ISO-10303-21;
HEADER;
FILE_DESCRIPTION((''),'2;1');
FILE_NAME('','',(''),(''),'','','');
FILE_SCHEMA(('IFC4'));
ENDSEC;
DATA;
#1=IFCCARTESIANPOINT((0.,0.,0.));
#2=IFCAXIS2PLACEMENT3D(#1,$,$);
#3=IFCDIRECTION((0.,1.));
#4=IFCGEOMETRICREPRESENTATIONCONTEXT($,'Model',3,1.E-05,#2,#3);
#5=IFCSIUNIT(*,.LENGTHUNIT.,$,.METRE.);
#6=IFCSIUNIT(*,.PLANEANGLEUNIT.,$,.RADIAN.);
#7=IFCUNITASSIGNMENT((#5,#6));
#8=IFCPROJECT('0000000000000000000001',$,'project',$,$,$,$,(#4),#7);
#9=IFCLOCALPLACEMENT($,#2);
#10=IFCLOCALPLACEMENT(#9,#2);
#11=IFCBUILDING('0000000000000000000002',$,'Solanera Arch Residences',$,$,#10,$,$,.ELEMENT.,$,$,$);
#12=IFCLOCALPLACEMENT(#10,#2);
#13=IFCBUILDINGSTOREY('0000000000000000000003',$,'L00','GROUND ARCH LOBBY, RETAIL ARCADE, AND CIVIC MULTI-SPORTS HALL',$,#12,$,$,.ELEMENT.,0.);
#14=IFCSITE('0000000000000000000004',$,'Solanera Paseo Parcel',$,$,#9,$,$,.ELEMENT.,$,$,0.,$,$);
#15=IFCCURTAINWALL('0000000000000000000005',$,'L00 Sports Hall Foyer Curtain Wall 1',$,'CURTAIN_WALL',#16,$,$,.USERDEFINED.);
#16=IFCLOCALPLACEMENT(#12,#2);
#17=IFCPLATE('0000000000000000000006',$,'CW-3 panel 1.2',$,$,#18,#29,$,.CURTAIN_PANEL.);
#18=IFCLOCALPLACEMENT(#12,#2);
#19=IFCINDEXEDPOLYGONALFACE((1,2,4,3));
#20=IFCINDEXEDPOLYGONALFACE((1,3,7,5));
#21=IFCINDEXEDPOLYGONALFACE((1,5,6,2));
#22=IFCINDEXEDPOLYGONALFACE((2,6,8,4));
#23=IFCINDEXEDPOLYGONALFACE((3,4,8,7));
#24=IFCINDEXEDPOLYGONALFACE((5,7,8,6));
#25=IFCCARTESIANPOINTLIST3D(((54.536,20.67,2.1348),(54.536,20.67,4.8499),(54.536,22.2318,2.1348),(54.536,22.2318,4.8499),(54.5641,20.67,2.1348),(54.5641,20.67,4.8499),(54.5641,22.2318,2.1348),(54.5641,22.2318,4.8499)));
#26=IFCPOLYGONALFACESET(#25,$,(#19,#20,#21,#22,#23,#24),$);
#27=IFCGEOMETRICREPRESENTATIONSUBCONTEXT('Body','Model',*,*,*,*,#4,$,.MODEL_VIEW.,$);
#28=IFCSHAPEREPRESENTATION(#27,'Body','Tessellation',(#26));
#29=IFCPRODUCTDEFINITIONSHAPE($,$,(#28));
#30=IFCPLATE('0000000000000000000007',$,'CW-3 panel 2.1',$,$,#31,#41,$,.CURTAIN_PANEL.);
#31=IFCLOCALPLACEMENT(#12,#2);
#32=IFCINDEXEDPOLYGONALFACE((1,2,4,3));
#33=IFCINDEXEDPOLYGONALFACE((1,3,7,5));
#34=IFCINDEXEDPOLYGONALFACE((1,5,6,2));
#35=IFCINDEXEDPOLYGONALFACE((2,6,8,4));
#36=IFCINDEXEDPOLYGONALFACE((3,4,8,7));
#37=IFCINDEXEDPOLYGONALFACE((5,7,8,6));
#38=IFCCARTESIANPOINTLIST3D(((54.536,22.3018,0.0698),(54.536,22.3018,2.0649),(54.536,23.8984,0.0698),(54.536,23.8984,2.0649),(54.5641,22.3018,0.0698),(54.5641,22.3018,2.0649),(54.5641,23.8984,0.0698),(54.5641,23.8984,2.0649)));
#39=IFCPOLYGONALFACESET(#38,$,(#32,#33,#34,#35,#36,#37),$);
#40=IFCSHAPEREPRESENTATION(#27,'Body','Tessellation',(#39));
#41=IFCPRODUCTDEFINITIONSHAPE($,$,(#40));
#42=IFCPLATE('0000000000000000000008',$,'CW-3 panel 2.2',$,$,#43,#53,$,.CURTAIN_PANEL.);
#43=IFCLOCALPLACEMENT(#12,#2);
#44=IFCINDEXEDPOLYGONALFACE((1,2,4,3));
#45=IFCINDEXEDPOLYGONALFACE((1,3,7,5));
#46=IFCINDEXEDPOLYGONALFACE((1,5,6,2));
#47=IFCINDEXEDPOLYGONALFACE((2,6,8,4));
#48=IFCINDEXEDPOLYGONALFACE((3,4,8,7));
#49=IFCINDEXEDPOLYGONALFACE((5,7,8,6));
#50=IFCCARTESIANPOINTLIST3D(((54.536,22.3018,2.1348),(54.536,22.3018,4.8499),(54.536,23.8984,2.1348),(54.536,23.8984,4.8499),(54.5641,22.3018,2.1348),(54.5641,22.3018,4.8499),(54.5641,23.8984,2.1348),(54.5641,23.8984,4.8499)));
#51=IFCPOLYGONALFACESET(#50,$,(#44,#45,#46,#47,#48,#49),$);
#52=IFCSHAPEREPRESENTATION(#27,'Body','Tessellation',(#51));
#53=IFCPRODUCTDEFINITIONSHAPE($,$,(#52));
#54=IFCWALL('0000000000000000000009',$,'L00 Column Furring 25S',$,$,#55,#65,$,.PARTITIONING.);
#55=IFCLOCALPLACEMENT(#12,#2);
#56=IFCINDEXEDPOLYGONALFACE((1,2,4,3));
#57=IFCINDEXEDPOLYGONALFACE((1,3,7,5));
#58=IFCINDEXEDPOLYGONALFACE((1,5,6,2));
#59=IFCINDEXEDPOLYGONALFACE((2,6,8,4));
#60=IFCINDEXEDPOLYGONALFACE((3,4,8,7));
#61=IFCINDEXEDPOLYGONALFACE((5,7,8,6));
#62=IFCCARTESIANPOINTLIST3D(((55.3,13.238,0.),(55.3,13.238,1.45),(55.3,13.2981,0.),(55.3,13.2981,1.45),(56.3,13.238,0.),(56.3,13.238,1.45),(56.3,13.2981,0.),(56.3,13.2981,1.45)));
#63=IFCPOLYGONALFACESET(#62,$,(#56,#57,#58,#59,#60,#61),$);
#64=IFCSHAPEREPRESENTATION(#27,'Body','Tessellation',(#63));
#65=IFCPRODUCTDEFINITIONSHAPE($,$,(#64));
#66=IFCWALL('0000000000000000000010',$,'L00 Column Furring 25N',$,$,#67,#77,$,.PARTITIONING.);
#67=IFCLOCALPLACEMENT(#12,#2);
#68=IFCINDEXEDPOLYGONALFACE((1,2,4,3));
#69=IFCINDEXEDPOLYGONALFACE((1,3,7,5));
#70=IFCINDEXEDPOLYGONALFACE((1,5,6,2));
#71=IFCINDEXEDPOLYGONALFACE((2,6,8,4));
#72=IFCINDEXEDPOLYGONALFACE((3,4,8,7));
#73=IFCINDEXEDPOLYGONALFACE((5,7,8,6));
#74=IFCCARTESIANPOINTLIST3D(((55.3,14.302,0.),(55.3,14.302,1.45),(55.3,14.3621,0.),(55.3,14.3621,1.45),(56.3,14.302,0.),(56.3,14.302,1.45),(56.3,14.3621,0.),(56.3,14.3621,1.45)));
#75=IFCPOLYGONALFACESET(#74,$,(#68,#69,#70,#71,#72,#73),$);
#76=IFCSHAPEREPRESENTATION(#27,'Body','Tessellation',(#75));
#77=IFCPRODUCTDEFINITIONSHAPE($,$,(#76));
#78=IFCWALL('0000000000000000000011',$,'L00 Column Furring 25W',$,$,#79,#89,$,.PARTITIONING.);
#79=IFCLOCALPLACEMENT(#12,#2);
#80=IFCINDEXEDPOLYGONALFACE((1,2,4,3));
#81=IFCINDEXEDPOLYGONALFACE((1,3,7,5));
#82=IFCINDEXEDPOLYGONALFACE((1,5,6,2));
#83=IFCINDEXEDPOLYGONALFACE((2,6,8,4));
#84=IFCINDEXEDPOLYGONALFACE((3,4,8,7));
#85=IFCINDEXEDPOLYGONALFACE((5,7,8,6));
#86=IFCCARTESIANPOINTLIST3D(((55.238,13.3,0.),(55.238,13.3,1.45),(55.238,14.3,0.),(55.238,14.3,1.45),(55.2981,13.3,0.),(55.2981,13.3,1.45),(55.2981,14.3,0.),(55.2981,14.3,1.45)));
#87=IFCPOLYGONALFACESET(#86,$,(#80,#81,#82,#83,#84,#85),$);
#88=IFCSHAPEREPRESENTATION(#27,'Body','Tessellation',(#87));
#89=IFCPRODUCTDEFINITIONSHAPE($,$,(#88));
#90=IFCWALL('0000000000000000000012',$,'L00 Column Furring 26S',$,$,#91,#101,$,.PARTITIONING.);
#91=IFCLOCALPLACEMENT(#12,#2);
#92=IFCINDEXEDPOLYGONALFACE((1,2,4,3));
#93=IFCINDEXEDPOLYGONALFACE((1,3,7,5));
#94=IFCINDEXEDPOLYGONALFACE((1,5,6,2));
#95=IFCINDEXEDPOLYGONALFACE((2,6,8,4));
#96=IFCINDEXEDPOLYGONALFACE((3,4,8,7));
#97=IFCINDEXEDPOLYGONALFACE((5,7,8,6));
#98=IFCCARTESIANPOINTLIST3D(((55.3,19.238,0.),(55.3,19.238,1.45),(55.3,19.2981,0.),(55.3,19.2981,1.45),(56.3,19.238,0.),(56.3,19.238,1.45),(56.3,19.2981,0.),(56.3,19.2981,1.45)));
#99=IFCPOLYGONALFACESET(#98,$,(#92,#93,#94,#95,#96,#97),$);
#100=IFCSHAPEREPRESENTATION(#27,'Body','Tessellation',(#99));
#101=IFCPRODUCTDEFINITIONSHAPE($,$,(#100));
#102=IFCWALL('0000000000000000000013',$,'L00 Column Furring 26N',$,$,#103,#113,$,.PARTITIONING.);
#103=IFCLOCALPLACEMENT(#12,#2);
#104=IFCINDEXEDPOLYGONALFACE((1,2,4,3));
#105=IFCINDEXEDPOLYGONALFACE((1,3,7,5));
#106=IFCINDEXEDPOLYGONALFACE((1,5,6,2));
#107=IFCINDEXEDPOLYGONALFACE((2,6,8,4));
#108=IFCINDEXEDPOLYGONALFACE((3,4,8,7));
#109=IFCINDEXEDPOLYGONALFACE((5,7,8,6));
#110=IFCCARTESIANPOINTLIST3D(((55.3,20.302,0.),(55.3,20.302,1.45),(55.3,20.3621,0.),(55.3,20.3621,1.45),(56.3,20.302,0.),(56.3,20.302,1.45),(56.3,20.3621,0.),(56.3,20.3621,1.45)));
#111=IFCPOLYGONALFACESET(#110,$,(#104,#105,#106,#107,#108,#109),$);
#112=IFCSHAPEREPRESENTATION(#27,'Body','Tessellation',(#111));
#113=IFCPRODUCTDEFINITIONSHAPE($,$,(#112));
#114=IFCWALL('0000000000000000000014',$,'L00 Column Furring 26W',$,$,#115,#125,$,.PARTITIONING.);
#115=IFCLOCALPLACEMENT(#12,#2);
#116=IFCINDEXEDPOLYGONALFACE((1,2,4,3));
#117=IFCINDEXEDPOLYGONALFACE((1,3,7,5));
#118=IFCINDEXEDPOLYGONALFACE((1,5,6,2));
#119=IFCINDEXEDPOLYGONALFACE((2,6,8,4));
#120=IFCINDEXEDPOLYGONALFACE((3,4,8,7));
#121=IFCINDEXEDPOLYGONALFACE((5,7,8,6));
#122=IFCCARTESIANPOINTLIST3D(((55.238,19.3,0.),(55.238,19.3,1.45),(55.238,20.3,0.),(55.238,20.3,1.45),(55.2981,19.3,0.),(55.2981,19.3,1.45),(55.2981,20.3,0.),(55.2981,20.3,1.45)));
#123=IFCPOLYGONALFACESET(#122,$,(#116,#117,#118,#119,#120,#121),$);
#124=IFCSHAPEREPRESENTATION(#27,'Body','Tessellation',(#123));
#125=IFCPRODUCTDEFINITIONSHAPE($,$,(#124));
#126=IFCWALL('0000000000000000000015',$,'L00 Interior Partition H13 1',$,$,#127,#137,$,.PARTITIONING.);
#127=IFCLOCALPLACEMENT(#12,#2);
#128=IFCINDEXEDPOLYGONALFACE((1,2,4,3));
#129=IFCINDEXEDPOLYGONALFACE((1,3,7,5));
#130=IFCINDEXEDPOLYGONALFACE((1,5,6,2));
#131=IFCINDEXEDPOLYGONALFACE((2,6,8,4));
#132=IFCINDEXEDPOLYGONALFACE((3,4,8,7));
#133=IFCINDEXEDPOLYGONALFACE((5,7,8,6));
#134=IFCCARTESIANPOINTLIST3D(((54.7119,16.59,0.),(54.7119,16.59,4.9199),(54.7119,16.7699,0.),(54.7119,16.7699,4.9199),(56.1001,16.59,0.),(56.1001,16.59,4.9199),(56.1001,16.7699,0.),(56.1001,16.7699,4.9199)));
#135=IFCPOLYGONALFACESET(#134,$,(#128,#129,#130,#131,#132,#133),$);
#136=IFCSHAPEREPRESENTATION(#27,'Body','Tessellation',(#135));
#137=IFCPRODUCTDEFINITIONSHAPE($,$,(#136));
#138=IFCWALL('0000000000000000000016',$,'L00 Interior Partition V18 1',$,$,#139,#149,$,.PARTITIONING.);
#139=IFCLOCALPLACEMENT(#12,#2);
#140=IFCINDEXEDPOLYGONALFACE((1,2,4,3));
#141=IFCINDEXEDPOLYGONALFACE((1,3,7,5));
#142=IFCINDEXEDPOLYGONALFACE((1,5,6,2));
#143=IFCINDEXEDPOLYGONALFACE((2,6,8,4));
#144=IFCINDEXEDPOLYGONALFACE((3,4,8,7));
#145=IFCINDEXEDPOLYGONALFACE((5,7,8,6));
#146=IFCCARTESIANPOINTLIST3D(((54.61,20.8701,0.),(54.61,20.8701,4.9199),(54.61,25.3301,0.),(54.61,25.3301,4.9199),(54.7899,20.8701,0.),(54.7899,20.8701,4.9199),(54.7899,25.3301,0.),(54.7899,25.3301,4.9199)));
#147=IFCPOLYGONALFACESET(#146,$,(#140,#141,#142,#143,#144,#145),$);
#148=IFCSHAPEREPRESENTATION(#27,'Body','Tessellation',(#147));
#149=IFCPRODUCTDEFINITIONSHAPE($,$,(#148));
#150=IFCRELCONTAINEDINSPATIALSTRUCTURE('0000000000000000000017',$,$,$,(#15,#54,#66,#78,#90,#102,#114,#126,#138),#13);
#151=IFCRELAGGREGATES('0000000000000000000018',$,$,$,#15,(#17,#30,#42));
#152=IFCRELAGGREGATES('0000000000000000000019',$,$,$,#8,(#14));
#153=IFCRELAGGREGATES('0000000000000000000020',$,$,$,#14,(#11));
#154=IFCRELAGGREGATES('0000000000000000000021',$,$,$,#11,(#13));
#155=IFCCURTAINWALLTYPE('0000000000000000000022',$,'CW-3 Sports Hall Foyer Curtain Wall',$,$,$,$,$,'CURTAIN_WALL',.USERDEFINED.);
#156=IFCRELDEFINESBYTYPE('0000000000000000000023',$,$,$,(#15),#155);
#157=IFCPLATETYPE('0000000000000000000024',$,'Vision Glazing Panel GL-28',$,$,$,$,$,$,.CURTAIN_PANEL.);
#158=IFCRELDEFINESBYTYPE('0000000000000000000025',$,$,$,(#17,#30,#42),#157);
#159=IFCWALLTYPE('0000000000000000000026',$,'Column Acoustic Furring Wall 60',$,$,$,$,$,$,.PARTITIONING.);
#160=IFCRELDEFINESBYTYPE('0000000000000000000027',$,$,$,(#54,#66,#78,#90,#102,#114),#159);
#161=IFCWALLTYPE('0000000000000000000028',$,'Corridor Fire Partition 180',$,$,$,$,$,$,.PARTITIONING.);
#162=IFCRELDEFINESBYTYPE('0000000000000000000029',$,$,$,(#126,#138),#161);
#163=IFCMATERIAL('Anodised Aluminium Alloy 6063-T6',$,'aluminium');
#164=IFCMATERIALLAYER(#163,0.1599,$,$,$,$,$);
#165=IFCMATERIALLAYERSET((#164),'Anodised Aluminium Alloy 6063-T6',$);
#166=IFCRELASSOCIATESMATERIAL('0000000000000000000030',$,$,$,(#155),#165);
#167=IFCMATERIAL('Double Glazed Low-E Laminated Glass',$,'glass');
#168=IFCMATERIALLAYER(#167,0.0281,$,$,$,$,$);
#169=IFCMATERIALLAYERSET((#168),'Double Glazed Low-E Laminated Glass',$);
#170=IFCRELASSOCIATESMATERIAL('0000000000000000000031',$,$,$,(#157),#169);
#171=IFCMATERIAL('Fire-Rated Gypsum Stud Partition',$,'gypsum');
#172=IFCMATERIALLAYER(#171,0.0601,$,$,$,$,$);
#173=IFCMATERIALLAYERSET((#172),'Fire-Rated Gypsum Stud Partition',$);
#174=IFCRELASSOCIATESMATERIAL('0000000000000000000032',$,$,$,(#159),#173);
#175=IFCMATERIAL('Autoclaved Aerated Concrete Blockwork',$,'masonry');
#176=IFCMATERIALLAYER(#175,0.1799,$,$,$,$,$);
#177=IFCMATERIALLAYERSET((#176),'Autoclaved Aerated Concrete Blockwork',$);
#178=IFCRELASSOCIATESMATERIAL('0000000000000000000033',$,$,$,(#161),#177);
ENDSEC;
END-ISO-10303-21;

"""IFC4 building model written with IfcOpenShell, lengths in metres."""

from ifc_helpers import new_model, si_unit, direction, frame, frame_2d, origin, origin_2d, place, context, subcontext, project, spatial, rectangle, extrude, material, layer, layer_set, type_object, element, aggregate, save


model = new_model("IFC4")

# Units and contexts
model_context = context("Model", 3, precision=1e-05, world=origin(), true_north=direction((0.0, 1.0)))
body_context = subcontext(model_context, "Body", "Model", "MODEL_VIEW")
ifc_project = project(units=[si_unit("LENGTHUNIT", "METRE"), si_unit("PLANEANGLEUNIT", "RADIAN")], contexts=[model_context])

# Site, building, storey
site_placement = place(None, origin())
site = spatial("IfcSite", under=ifc_project, at=site_placement, Name="Solanera Paseo Parcel", CompositionType="ELEMENT", RefElevation=0.0)
building_placement = place(site_placement, origin())
building = spatial("IfcBuilding", under=site, at=building_placement, Name="Solanera Arch Residences", CompositionType="ELEMENT")
storey_placement = place(building_placement, origin())
storey = spatial("IfcBuildingStorey", under=building, at=storey_placement, Name="L00", Description="GROUND ARCH LOBBY, RETAIL ARCADE, AND CIVIC MULTI-SPORTS HALL", CompositionType="ELEMENT", Elevation=0.0)

# Curtain wall
ifc_material_1 = material(Name="Anodised Aluminium Alloy 6063-T6", Category="aluminium")
ifc_layer_1 = layer(ifc_material_1, 0.1599)
ifc_layer_set_1 = layer_set([ifc_layer_1], Name="Anodised Aluminium Alloy 6063-T6")
curtain_wall_type = type_object("IfcCurtainWallType", Name="CW-3 Sports Hall Foyer Curtain Wall", ElementType="CURTAIN_WALL", PredefinedType="USERDEFINED", material=ifc_layer_set_1)
curtain_wall_placement = place(storey_placement, origin())
curtain_wall = element("IfcCurtainWall", 1, at=curtain_wall_placement, inside=storey, type_object=curtain_wall_type, Name="L00 Sports Hall Foyer Curtain Wall 1", ObjectType="CURTAIN_WALL", PredefinedType="USERDEFINED")

# Plates
ifc_material_2 = material(Name="Double Glazed Low-E Laminated Glass", Category="glass")
ifc_layer_2 = layer(ifc_material_2, 0.0281)
ifc_layer_set_2 = layer_set([ifc_layer_2], Name="Double Glazed Low-E Laminated Glass")
plate_type = type_object("IfcPlateType", Name="Vision Glazing Panel GL-28", PredefinedType="CURTAIN_PANEL", material=ifc_layer_set_2)
plate_1_placement = place(storey_placement, frame((54.55, 21.4509, 2.1348), z_axis=(0.0, 0.0, 1.0), x_axis=(0.0, 1.0, 0.0)))
plate_1 = element("IfcPlate", 2, at=plate_1_placement, type_object=plate_type, Name="CW-3 panel 1.2", PredefinedType="CURTAIN_PANEL", context=body_context, shape_type="SweptSolid", body=[
    extrude(rectangle(XDim=1.5618, YDim=0.0281, at=origin_2d()), origin(), (0.0, 0.0, 1.0), 2.7151),
])
plate_2_placement = place(storey_placement, frame((54.55, 23.1001, 0.0698), z_axis=(0.0, 0.0, 1.0), x_axis=(0.0, 1.0, 0.0)))
plate_2 = element("IfcPlate", 3, at=plate_2_placement, type_object=plate_type, Name="CW-3 panel 2.1", PredefinedType="CURTAIN_PANEL", context=body_context, shape_type="SweptSolid", body=[
    extrude(rectangle(XDim=1.5967, YDim=0.0281, at=origin_2d()), origin(), (0.0, 0.0, 1.0), 1.9951),
])
plate_3_placement = place(storey_placement, frame((54.55, 23.1001, 2.1348), z_axis=(0.0, 0.0, 1.0), x_axis=(0.0, 1.0, 0.0)))
plate_3 = element("IfcPlate", 4, at=plate_3_placement, type_object=plate_type, Name="CW-3 panel 2.2", PredefinedType="CURTAIN_PANEL", context=body_context, shape_type="SweptSolid", body=[
    extrude(rectangle(XDim=1.5967, YDim=0.0281, at=origin_2d()), origin(), (0.0, 0.0, 1.0), 2.7151),
])
aggregate(curtain_wall, [plate_1, plate_2, plate_3])

# Walls
ifc_material_3 = material(Name="Fire-Rated Gypsum Stud Partition", Category="gypsum")
ifc_layer_3 = layer(ifc_material_3, 0.0601)
ifc_layer_set_3 = layer_set([ifc_layer_3], Name="Fire-Rated Gypsum Stud Partition")
wall_type_1 = type_object("IfcWallType", Name="Column Acoustic Furring Wall 60", PredefinedType="PARTITIONING", material=ifc_layer_set_3)
for number, where, z_axis, x_axis, name in (
    (5, (55.3, 13.2681, 0.0), (0.0, 0.0, 1.0), (1.0, 0.0, 0.0), "L00 Column Furring 25S"),
    (6, (55.3, 14.332, 0.0), (0.0, 0.0, 1.0), (1.0, 0.0, 0.0), "L00 Column Furring 25N"),
    (7, (55.2681, 13.3, 0.0), (0.0, 0.0, 1.0), (0.0, 1.0, 0.0), "L00 Column Furring 25W"),
    (8, (55.3, 19.2681, 0.0), (0.0, 0.0, 1.0), (1.0, 0.0, 0.0), "L00 Column Furring 26S"),
    (9, (55.3, 20.332, 0.0), (0.0, 0.0, 1.0), (1.0, 0.0, 0.0), "L00 Column Furring 26N"),
    (10, (55.2681, 19.3, 0.0), (0.0, 0.0, 1.0), (0.0, 1.0, 0.0), "L00 Column Furring 26W"),
):
    element("IfcWall", number, at=place(storey_placement, frame(where, z_axis=z_axis, x_axis=x_axis)), inside=storey, type_object=wall_type_1, Name=name, PredefinedType="PARTITIONING", context=body_context, shape_type="SweptSolid", body=[
        extrude(rectangle(XDim=1.0, YDim=0.0601, at=frame_2d((0.5, 0.0))), origin(), (0.0, 0.0, 1.0), 1.45),
    ])
ifc_material_4 = material(Name="Autoclaved Aerated Concrete Blockwork", Category="masonry")
ifc_layer_4 = layer(ifc_material_4, 0.1799)
ifc_layer_set_4 = layer_set([ifc_layer_4], Name="Autoclaved Aerated Concrete Blockwork")
wall_type_2 = type_object("IfcWallType", Name="Corridor Fire Partition 180", PredefinedType="PARTITIONING", material=ifc_layer_set_4)
wall_1_placement = place(storey_placement, frame((54.7119, 16.6799, 0.0), z_axis=(0.0, 0.0, 1.0), x_axis=(1.0, 0.0, 0.0)))
element("IfcWall", 11, at=wall_1_placement, inside=storey, type_object=wall_type_2, Name="L00 Interior Partition H13 1", PredefinedType="PARTITIONING", context=body_context, shape_type="SweptSolid", body=[
    extrude(rectangle(XDim=1.3882, YDim=0.1799, at=frame_2d((0.6941, 0.0))), origin(), (0.0, 0.0, 1.0), 4.9199),
])
wall_2_placement = place(storey_placement, frame((54.7, 20.8701, 0.0), z_axis=(0.0, 0.0, 1.0), x_axis=(0.0, 1.0, 0.0)))
element("IfcWall", 12, at=wall_2_placement, inside=storey, type_object=wall_type_2, Name="L00 Interior Partition V18 1", PredefinedType="PARTITIONING", context=body_context, shape_type="SweptSolid", body=[
    extrude(rectangle(XDim=4.46, YDim=0.1799, at=frame_2d((2.23, 0.0))), origin(), (0.0, 0.0, 1.0), 4.9199),
])

save(model, "model.ifc")
